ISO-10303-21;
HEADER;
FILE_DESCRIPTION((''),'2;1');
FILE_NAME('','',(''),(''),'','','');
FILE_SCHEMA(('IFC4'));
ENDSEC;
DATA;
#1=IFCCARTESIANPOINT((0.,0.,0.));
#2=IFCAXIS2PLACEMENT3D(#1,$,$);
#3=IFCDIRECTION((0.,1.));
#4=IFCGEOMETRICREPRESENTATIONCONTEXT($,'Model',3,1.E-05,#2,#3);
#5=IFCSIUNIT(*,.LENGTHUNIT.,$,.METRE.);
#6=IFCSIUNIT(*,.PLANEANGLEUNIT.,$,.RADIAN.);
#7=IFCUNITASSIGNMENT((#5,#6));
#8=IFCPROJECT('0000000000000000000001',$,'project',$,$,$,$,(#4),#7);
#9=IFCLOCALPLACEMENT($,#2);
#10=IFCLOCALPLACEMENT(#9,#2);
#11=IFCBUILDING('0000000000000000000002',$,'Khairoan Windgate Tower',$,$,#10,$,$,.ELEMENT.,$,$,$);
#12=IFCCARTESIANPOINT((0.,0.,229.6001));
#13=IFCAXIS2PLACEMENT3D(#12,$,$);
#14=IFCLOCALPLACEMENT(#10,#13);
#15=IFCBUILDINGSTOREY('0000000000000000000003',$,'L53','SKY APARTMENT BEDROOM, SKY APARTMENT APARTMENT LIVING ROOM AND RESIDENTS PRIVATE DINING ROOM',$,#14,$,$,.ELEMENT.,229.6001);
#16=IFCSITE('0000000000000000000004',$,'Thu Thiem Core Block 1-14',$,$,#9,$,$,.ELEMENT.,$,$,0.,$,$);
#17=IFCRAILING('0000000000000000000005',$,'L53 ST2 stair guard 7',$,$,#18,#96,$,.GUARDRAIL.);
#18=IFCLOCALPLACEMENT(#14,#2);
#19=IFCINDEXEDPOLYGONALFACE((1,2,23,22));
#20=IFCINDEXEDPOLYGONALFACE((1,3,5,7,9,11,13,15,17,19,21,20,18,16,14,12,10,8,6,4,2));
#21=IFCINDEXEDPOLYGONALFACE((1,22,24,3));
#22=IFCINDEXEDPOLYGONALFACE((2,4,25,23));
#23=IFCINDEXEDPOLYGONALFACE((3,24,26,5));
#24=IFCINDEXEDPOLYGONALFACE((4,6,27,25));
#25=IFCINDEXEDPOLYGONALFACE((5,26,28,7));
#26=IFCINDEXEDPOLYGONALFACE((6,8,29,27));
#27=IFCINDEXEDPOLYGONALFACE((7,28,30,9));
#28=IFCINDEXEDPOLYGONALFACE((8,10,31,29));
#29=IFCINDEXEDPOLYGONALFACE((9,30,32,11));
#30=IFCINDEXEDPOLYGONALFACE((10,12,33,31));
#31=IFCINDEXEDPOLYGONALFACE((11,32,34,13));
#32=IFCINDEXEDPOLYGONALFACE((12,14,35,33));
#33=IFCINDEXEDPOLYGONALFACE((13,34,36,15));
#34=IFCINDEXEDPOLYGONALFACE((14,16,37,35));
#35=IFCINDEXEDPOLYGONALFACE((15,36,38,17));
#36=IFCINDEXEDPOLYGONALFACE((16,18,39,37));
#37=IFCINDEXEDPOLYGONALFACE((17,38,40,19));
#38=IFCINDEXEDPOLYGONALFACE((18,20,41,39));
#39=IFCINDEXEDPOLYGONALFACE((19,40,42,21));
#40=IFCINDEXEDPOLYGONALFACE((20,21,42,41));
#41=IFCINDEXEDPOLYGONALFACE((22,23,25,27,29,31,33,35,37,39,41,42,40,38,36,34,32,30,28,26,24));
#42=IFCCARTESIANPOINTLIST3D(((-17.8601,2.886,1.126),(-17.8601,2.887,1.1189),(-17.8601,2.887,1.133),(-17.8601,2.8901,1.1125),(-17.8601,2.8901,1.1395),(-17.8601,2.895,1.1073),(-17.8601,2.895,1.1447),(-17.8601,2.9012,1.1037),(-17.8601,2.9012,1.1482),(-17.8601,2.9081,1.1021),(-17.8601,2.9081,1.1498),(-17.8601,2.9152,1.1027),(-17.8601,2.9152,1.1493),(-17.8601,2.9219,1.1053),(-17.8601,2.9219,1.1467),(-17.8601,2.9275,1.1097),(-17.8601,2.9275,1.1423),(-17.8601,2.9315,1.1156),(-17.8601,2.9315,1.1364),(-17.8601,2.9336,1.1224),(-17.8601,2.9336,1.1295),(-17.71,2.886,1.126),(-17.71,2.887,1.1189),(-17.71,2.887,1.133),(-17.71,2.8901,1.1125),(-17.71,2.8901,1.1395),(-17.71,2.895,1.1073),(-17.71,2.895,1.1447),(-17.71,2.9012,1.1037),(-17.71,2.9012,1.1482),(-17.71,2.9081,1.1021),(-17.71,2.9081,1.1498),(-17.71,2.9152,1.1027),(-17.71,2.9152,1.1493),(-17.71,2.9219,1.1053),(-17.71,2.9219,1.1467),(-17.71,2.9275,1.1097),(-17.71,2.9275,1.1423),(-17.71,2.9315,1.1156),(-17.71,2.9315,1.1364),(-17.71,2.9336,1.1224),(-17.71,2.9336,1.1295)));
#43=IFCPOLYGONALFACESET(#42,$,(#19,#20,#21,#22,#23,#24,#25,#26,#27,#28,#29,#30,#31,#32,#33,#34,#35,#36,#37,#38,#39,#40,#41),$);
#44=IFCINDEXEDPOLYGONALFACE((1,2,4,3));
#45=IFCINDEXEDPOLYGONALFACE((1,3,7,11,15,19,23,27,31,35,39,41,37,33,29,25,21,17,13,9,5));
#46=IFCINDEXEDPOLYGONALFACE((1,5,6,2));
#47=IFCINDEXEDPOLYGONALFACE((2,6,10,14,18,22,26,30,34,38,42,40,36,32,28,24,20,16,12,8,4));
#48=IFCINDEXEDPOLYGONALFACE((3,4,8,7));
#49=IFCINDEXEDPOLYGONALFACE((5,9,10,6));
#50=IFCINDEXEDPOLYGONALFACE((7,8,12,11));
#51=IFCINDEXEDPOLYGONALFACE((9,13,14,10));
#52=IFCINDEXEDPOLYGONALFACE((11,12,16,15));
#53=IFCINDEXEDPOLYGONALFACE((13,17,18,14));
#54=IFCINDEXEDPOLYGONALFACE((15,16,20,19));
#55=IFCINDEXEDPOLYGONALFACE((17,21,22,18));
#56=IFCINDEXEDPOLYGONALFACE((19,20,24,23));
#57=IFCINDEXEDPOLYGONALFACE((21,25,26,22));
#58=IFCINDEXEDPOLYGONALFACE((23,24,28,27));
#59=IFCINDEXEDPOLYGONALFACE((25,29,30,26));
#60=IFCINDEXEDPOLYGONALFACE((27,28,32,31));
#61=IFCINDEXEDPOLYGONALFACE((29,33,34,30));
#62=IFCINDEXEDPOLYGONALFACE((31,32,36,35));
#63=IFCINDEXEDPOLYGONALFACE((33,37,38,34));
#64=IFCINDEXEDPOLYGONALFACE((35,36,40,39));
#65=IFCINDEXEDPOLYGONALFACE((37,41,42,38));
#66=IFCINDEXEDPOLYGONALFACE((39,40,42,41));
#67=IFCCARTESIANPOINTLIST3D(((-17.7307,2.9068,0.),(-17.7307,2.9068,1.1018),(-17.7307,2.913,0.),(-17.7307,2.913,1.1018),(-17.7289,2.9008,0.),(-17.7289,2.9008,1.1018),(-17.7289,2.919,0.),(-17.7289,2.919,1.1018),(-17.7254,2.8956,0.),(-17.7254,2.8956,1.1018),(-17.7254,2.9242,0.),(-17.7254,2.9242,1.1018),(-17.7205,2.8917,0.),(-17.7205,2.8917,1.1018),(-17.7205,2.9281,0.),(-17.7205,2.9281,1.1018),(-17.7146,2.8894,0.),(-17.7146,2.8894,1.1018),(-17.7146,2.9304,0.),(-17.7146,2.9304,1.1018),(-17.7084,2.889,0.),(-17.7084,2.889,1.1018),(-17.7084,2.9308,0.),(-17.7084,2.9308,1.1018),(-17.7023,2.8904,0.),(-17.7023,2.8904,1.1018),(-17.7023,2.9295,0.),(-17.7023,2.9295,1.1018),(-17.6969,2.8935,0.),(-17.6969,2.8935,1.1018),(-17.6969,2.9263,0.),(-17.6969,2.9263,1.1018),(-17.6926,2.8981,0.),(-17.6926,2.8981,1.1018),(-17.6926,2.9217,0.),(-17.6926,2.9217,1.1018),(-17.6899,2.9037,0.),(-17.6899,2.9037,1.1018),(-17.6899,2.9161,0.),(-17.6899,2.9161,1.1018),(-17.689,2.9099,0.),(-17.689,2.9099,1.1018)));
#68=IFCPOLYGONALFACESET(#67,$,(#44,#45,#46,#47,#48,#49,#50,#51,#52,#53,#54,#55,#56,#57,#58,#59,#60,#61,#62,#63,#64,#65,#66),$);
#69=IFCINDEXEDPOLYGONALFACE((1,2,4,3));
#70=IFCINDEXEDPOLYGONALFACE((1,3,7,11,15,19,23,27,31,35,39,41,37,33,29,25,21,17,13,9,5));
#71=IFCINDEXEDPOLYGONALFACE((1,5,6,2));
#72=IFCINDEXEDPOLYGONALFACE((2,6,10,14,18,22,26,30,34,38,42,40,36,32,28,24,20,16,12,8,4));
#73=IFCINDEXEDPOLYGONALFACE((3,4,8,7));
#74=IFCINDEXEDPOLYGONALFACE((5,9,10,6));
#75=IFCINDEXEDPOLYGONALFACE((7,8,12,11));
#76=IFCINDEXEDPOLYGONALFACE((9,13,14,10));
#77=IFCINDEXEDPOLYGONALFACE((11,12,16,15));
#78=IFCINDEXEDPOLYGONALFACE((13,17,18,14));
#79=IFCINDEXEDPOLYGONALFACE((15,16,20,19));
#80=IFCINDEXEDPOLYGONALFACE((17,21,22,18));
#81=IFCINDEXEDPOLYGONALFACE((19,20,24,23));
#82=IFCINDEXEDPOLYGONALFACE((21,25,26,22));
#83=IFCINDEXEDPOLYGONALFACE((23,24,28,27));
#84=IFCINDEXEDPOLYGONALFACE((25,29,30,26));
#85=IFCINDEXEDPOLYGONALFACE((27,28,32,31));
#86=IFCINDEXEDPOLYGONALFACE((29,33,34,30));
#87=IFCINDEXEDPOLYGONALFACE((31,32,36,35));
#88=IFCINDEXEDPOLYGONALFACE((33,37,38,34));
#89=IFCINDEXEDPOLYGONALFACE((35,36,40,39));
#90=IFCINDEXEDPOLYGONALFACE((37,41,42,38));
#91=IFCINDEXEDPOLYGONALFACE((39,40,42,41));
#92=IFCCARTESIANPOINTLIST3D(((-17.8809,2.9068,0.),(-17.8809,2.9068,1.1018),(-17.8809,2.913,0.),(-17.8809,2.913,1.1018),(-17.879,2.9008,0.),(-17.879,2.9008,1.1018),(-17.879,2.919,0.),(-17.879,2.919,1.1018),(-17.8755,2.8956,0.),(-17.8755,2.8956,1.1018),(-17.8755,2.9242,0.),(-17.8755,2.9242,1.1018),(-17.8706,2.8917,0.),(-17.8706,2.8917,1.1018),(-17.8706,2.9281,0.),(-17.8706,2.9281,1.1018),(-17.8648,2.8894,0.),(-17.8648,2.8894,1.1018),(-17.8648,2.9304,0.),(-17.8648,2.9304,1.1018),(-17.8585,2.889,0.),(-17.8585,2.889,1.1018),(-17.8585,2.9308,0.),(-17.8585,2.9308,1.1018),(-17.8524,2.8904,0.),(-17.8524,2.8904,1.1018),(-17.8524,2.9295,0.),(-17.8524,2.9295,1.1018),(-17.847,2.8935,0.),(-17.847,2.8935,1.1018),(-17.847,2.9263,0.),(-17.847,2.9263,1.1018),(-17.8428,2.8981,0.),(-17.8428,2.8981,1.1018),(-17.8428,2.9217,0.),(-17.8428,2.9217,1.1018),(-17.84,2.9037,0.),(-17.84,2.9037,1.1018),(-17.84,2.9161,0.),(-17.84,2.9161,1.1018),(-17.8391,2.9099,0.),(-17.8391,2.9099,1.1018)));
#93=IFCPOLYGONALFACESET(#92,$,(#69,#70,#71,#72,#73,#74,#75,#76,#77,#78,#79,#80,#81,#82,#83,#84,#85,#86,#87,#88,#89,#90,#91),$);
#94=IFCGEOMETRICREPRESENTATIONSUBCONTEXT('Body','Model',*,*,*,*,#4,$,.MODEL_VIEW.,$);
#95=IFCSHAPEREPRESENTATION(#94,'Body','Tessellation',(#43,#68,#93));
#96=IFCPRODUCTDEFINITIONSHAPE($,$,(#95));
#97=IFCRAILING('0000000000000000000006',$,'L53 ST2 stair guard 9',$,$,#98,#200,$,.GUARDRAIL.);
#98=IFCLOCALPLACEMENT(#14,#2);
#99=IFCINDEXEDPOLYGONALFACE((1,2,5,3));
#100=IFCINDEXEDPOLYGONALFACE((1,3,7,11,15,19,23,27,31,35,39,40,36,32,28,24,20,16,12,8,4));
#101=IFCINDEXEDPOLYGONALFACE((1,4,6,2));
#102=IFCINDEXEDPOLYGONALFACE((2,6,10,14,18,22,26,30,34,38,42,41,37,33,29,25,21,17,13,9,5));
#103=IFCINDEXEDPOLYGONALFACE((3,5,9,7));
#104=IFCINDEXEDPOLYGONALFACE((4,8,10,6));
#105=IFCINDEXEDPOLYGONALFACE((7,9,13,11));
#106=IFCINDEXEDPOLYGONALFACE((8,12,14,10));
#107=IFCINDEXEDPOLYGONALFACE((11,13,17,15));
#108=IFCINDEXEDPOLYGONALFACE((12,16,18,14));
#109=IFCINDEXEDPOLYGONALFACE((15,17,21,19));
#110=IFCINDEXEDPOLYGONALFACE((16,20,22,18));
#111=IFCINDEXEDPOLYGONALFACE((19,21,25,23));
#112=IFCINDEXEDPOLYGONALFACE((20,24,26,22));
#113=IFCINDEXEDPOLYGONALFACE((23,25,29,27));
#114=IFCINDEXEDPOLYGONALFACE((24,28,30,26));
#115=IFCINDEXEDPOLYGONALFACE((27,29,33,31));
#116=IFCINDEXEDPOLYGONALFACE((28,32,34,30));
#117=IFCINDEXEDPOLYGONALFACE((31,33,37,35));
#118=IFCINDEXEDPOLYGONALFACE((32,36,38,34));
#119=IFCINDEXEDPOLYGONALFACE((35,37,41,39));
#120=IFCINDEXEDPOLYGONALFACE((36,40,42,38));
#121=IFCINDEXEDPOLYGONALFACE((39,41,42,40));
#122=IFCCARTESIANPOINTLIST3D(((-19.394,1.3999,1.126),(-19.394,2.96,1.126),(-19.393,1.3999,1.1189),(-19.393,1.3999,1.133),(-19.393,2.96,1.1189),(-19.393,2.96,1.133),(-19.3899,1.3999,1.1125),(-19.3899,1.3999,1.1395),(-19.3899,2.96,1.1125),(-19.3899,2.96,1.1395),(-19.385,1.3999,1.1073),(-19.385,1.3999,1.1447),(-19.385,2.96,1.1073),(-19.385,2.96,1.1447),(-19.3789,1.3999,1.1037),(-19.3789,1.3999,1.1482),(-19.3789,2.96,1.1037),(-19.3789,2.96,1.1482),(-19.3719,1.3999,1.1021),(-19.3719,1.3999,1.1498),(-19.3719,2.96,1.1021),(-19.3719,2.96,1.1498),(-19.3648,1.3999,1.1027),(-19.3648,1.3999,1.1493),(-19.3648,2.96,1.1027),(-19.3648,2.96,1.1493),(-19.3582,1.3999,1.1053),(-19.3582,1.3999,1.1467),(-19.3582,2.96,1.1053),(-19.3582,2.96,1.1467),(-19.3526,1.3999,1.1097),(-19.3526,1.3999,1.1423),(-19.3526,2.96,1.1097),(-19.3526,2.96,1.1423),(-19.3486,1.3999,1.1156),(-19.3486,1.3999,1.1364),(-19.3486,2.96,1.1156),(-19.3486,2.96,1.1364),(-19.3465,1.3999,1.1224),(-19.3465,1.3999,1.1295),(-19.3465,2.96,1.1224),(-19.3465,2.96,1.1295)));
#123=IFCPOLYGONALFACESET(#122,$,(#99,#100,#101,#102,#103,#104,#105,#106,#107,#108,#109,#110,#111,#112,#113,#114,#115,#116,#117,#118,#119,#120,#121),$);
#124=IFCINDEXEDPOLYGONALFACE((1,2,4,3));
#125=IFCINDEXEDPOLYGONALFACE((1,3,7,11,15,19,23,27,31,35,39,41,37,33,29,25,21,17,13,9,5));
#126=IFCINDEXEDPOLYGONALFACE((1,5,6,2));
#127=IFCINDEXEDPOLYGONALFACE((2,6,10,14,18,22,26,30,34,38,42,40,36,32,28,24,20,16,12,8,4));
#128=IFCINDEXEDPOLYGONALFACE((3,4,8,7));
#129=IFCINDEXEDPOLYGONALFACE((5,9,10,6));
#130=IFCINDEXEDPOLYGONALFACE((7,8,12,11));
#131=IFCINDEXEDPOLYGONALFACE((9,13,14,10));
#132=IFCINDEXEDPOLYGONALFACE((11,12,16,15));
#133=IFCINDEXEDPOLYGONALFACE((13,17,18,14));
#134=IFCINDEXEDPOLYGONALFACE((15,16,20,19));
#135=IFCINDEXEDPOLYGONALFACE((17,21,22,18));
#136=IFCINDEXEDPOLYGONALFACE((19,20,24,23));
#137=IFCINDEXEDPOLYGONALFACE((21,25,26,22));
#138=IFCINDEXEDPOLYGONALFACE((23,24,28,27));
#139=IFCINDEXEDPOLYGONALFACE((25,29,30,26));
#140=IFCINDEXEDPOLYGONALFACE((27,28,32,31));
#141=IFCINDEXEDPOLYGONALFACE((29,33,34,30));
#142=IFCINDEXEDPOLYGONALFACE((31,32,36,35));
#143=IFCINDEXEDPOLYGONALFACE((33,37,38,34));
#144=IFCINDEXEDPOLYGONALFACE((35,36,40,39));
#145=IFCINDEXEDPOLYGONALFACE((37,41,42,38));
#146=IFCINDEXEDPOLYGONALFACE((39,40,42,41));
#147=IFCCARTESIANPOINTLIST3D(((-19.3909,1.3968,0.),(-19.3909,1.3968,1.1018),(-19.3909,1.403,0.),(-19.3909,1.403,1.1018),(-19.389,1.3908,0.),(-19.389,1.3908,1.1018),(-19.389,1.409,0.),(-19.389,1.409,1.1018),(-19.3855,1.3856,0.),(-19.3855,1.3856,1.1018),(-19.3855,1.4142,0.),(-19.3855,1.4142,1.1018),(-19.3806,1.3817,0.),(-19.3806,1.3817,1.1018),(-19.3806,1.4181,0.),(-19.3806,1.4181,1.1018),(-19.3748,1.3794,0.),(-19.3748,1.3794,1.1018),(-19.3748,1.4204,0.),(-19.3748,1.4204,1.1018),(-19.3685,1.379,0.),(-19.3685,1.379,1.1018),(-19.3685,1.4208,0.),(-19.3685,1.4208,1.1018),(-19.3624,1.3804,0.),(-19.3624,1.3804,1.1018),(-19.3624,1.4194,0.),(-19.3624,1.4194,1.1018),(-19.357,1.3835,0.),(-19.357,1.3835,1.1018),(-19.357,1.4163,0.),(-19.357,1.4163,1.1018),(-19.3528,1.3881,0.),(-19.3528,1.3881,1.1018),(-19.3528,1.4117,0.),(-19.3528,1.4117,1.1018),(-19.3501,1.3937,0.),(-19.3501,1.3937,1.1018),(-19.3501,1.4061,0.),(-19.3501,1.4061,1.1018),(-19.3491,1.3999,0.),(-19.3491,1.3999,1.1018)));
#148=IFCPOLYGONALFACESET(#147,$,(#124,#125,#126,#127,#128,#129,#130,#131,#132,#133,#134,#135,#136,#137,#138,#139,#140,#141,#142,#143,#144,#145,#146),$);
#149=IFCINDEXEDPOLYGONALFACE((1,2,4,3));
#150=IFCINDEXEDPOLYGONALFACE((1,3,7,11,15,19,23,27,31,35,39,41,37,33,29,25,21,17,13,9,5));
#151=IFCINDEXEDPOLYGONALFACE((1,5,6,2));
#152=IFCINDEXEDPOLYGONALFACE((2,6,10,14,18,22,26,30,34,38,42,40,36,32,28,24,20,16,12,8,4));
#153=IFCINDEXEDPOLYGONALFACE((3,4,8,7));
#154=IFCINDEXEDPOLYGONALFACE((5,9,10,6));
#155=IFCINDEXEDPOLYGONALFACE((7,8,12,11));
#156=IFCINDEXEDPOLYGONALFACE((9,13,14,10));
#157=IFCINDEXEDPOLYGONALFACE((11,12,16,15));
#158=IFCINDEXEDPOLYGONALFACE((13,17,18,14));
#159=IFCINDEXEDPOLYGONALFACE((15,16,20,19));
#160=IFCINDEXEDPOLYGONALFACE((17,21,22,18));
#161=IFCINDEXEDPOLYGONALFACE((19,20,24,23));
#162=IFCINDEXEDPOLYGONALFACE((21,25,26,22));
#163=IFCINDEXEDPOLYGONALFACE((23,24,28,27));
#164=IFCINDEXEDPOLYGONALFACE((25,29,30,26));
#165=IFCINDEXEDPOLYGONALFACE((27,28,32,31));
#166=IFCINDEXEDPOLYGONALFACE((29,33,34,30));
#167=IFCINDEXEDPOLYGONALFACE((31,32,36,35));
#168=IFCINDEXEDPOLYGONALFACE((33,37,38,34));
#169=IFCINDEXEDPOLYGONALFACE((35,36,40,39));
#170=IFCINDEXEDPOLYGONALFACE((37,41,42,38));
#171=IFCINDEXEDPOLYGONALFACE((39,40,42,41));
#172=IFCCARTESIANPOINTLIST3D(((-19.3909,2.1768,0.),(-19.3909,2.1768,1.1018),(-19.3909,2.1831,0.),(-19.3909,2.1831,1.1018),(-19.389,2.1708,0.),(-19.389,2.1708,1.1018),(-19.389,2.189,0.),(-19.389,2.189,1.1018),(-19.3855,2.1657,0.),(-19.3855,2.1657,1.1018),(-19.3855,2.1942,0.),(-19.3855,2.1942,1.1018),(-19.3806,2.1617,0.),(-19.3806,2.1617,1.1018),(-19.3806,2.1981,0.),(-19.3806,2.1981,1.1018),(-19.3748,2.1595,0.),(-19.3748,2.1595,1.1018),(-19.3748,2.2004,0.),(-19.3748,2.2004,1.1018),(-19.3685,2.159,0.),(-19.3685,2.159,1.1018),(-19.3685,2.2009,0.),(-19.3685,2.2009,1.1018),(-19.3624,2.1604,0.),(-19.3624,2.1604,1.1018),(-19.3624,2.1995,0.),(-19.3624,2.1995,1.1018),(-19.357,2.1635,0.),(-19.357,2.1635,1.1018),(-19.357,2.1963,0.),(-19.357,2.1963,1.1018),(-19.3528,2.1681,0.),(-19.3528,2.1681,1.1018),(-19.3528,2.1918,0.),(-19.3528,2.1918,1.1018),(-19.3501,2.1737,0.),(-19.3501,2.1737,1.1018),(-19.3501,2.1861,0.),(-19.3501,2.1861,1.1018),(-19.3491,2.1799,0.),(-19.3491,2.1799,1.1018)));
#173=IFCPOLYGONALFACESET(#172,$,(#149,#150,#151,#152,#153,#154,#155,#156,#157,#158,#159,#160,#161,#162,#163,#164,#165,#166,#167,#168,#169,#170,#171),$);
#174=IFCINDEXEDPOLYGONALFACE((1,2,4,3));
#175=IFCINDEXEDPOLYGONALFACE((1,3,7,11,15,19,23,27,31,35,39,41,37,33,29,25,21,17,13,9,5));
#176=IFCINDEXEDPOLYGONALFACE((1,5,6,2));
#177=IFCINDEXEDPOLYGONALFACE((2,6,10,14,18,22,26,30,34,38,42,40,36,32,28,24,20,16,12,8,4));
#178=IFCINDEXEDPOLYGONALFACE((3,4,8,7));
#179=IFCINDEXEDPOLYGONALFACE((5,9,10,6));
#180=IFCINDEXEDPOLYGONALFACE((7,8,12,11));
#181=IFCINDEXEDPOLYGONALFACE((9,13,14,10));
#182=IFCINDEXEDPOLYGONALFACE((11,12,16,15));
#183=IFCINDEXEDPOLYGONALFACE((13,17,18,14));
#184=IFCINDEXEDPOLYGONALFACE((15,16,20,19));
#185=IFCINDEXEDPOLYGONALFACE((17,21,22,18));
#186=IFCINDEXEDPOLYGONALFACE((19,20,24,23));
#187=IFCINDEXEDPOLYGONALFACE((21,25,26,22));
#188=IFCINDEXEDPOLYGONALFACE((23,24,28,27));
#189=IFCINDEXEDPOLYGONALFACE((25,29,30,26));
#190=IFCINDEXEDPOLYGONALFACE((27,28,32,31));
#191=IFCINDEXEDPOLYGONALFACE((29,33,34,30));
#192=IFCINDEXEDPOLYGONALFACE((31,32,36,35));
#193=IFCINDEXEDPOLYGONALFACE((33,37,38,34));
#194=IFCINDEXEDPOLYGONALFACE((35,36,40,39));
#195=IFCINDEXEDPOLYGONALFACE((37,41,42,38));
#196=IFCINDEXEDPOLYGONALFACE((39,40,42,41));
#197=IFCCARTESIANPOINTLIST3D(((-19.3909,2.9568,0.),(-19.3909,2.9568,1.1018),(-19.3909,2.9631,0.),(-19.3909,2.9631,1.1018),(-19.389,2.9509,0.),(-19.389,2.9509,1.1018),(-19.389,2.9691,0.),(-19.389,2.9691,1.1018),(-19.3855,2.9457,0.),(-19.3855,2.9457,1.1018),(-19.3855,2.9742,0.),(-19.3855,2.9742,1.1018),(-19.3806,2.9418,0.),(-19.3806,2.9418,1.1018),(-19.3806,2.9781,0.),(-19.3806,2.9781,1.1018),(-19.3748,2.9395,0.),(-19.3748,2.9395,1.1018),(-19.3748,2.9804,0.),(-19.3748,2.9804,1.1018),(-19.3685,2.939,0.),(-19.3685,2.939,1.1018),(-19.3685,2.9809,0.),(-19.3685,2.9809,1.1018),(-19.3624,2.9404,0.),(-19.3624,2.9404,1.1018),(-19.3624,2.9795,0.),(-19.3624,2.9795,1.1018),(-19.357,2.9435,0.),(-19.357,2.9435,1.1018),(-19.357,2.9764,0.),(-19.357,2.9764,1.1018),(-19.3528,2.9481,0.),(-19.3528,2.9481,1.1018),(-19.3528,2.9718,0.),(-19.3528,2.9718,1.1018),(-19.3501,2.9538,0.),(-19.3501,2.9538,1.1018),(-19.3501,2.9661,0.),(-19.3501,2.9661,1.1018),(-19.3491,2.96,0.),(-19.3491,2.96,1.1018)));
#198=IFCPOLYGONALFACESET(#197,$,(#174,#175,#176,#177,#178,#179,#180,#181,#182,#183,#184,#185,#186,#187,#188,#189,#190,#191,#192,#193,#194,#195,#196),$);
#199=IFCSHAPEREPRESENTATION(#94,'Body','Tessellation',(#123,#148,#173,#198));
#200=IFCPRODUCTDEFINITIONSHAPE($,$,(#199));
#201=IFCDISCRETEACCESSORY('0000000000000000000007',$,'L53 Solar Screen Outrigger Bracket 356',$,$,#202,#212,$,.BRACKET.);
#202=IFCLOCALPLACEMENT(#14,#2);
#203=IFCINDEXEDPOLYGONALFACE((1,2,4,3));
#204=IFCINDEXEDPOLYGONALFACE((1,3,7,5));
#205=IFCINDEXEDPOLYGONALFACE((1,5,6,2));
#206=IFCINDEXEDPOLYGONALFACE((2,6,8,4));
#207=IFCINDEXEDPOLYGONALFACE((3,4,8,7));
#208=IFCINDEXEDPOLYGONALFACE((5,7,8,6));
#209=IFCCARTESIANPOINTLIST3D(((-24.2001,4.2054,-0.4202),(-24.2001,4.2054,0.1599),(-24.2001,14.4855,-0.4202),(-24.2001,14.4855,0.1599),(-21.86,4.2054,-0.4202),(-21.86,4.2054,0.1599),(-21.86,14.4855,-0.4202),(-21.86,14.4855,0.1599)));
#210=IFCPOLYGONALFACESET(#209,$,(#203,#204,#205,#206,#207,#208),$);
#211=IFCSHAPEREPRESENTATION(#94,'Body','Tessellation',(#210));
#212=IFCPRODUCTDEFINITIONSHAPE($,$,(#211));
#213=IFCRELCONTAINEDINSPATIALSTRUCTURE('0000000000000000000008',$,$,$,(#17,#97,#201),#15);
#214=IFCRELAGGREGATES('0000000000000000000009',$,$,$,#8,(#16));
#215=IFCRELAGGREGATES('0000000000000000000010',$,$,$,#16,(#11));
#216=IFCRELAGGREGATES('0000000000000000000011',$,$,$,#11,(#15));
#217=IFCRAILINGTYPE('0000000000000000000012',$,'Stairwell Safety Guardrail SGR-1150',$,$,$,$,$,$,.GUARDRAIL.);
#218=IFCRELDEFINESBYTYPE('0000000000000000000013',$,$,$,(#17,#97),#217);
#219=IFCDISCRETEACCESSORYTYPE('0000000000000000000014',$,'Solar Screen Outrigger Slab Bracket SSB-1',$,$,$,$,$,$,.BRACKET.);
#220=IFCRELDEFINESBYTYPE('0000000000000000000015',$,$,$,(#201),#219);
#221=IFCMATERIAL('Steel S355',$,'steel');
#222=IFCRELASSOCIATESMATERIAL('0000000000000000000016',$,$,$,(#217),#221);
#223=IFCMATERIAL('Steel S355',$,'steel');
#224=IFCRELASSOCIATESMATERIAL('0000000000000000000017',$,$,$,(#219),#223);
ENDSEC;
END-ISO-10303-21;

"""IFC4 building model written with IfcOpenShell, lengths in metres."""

from ifc_helpers import new_model, si_unit, direction, frame, origin, origin_2d, place, context, subcontext, project, spatial, rectangle, circle, extrude, material, type_object, element, save


model = new_model("IFC4")

# Units and contexts
model_context = context("Model", 3, precision=1e-05, world=origin(), true_north=direction((0.0, 1.0)))
body_context = subcontext(model_context, "Body", "Model", "MODEL_VIEW")
ifc_project = project(units=[si_unit("LENGTHUNIT", "METRE"), si_unit("PLANEANGLEUNIT", "RADIAN")], contexts=[model_context])

# Site, building, storey
site_placement = place(None, origin())
site = spatial("IfcSite", under=ifc_project, at=site_placement, Name="Thu Thiem Core Block 1-14", CompositionType="ELEMENT", RefElevation=0.0)
building_placement = place(site_placement, origin())
building = spatial("IfcBuilding", under=site, at=building_placement, Name="Khairoan Windgate Tower", CompositionType="ELEMENT")
storey_placement = place(building_placement, frame((0.0, 0.0, 229.6001)))
storey = spatial("IfcBuildingStorey", under=building, at=storey_placement, Name="L53", Description="SKY APARTMENT BEDROOM, SKY APARTMENT APARTMENT LIVING ROOM AND RESIDENTS PRIVATE DINING ROOM", CompositionType="ELEMENT", Elevation=229.6001)

# Railings
ifc_material_1 = material(Name="Steel S355", Category="steel")
railing_type_1 = type_object("IfcRailingType", Name="Stairwell Safety Guardrail SGR-1150", PredefinedType="GUARDRAIL", material=ifc_material_1)
railing_1_placement = place(storey_placement, frame((-17.71, 2.9099, 0.0)))
element("IfcRailing", 1, at=railing_1_placement, inside=storey, type_object=railing_type_1, Name="L53 ST2 stair guard 7", PredefinedType="GUARDRAIL", context=body_context, shape_type="SweptSolid", body=[
    extrude(circle(Radius=0.0239, at=origin_2d()), frame((0.0, 0.0, 1.126), z_axis=(-1.0, 0.0, 0.0), x_axis=(0.0, -1.0, 0.0)), (0.0, 0.0, 1.0), 0.1501),
    extrude(circle(Radius=0.021, at=origin_2d()), origin(), (0.0, 0.0, 1.0), 1.1018),
    extrude(circle(Radius=0.021, at=origin_2d()), frame((-0.1501, 0.0, 0.0)), (0.0, 0.0, 1.0), 1.1018),
])
railing_2_placement = place(storey_placement, frame((-19.3701, 1.3999, 0.0)))
element("IfcRailing", 2, at=railing_2_placement, inside=storey, type_object=railing_type_1, Name="L53 ST2 stair guard 9", PredefinedType="GUARDRAIL", context=body_context, shape_type="SweptSolid", body=[
    extrude(circle(Radius=0.0239, at=origin_2d()), frame((0.0, 0.0, 1.126), z_axis=(0.0, 1.0, 0.0), x_axis=(-1.0, 0.0, 0.0)), (0.0, 0.0, 1.0), 1.5601),
    extrude(circle(Radius=0.021, at=origin_2d()), origin(), (0.0, 0.0, 1.0), 1.1018),
    extrude(circle(Radius=0.021, at=origin_2d()), frame((0.0, 0.78, 0.0)), (0.0, 0.0, 1.0), 1.1018),
    extrude(circle(Radius=0.021, at=origin_2d()), frame((0.0, 1.5601, 0.0)), (0.0, 0.0, 1.0), 1.1018),
])

# Discrete accessory
ifc_material_2 = material(Name="Steel S355", Category="steel")
discrete_accessory_type = type_object("IfcDiscreteAccessoryType", Name="Solar Screen Outrigger Slab Bracket SSB-1", PredefinedType="BRACKET", material=ifc_material_2)
discrete_accessory_placement = place(storey_placement, frame((-23.03, 9.3455, -0.4202), z_axis=(0.0, 0.0, 1.0), x_axis=(0.0, 1.0, 0.0)))
element("IfcDiscreteAccessory", 3, at=discrete_accessory_placement, inside=storey, type_object=discrete_accessory_type, Name="L53 Solar Screen Outrigger Bracket 356", PredefinedType="BRACKET", context=body_context, shape_type="SweptSolid", body=[
    extrude(rectangle(XDim=10.28, YDim=2.3401, at=origin_2d()), origin(), (0.0, 0.0, 1.0), 0.5801),
])

save(model, "model.ifc")
